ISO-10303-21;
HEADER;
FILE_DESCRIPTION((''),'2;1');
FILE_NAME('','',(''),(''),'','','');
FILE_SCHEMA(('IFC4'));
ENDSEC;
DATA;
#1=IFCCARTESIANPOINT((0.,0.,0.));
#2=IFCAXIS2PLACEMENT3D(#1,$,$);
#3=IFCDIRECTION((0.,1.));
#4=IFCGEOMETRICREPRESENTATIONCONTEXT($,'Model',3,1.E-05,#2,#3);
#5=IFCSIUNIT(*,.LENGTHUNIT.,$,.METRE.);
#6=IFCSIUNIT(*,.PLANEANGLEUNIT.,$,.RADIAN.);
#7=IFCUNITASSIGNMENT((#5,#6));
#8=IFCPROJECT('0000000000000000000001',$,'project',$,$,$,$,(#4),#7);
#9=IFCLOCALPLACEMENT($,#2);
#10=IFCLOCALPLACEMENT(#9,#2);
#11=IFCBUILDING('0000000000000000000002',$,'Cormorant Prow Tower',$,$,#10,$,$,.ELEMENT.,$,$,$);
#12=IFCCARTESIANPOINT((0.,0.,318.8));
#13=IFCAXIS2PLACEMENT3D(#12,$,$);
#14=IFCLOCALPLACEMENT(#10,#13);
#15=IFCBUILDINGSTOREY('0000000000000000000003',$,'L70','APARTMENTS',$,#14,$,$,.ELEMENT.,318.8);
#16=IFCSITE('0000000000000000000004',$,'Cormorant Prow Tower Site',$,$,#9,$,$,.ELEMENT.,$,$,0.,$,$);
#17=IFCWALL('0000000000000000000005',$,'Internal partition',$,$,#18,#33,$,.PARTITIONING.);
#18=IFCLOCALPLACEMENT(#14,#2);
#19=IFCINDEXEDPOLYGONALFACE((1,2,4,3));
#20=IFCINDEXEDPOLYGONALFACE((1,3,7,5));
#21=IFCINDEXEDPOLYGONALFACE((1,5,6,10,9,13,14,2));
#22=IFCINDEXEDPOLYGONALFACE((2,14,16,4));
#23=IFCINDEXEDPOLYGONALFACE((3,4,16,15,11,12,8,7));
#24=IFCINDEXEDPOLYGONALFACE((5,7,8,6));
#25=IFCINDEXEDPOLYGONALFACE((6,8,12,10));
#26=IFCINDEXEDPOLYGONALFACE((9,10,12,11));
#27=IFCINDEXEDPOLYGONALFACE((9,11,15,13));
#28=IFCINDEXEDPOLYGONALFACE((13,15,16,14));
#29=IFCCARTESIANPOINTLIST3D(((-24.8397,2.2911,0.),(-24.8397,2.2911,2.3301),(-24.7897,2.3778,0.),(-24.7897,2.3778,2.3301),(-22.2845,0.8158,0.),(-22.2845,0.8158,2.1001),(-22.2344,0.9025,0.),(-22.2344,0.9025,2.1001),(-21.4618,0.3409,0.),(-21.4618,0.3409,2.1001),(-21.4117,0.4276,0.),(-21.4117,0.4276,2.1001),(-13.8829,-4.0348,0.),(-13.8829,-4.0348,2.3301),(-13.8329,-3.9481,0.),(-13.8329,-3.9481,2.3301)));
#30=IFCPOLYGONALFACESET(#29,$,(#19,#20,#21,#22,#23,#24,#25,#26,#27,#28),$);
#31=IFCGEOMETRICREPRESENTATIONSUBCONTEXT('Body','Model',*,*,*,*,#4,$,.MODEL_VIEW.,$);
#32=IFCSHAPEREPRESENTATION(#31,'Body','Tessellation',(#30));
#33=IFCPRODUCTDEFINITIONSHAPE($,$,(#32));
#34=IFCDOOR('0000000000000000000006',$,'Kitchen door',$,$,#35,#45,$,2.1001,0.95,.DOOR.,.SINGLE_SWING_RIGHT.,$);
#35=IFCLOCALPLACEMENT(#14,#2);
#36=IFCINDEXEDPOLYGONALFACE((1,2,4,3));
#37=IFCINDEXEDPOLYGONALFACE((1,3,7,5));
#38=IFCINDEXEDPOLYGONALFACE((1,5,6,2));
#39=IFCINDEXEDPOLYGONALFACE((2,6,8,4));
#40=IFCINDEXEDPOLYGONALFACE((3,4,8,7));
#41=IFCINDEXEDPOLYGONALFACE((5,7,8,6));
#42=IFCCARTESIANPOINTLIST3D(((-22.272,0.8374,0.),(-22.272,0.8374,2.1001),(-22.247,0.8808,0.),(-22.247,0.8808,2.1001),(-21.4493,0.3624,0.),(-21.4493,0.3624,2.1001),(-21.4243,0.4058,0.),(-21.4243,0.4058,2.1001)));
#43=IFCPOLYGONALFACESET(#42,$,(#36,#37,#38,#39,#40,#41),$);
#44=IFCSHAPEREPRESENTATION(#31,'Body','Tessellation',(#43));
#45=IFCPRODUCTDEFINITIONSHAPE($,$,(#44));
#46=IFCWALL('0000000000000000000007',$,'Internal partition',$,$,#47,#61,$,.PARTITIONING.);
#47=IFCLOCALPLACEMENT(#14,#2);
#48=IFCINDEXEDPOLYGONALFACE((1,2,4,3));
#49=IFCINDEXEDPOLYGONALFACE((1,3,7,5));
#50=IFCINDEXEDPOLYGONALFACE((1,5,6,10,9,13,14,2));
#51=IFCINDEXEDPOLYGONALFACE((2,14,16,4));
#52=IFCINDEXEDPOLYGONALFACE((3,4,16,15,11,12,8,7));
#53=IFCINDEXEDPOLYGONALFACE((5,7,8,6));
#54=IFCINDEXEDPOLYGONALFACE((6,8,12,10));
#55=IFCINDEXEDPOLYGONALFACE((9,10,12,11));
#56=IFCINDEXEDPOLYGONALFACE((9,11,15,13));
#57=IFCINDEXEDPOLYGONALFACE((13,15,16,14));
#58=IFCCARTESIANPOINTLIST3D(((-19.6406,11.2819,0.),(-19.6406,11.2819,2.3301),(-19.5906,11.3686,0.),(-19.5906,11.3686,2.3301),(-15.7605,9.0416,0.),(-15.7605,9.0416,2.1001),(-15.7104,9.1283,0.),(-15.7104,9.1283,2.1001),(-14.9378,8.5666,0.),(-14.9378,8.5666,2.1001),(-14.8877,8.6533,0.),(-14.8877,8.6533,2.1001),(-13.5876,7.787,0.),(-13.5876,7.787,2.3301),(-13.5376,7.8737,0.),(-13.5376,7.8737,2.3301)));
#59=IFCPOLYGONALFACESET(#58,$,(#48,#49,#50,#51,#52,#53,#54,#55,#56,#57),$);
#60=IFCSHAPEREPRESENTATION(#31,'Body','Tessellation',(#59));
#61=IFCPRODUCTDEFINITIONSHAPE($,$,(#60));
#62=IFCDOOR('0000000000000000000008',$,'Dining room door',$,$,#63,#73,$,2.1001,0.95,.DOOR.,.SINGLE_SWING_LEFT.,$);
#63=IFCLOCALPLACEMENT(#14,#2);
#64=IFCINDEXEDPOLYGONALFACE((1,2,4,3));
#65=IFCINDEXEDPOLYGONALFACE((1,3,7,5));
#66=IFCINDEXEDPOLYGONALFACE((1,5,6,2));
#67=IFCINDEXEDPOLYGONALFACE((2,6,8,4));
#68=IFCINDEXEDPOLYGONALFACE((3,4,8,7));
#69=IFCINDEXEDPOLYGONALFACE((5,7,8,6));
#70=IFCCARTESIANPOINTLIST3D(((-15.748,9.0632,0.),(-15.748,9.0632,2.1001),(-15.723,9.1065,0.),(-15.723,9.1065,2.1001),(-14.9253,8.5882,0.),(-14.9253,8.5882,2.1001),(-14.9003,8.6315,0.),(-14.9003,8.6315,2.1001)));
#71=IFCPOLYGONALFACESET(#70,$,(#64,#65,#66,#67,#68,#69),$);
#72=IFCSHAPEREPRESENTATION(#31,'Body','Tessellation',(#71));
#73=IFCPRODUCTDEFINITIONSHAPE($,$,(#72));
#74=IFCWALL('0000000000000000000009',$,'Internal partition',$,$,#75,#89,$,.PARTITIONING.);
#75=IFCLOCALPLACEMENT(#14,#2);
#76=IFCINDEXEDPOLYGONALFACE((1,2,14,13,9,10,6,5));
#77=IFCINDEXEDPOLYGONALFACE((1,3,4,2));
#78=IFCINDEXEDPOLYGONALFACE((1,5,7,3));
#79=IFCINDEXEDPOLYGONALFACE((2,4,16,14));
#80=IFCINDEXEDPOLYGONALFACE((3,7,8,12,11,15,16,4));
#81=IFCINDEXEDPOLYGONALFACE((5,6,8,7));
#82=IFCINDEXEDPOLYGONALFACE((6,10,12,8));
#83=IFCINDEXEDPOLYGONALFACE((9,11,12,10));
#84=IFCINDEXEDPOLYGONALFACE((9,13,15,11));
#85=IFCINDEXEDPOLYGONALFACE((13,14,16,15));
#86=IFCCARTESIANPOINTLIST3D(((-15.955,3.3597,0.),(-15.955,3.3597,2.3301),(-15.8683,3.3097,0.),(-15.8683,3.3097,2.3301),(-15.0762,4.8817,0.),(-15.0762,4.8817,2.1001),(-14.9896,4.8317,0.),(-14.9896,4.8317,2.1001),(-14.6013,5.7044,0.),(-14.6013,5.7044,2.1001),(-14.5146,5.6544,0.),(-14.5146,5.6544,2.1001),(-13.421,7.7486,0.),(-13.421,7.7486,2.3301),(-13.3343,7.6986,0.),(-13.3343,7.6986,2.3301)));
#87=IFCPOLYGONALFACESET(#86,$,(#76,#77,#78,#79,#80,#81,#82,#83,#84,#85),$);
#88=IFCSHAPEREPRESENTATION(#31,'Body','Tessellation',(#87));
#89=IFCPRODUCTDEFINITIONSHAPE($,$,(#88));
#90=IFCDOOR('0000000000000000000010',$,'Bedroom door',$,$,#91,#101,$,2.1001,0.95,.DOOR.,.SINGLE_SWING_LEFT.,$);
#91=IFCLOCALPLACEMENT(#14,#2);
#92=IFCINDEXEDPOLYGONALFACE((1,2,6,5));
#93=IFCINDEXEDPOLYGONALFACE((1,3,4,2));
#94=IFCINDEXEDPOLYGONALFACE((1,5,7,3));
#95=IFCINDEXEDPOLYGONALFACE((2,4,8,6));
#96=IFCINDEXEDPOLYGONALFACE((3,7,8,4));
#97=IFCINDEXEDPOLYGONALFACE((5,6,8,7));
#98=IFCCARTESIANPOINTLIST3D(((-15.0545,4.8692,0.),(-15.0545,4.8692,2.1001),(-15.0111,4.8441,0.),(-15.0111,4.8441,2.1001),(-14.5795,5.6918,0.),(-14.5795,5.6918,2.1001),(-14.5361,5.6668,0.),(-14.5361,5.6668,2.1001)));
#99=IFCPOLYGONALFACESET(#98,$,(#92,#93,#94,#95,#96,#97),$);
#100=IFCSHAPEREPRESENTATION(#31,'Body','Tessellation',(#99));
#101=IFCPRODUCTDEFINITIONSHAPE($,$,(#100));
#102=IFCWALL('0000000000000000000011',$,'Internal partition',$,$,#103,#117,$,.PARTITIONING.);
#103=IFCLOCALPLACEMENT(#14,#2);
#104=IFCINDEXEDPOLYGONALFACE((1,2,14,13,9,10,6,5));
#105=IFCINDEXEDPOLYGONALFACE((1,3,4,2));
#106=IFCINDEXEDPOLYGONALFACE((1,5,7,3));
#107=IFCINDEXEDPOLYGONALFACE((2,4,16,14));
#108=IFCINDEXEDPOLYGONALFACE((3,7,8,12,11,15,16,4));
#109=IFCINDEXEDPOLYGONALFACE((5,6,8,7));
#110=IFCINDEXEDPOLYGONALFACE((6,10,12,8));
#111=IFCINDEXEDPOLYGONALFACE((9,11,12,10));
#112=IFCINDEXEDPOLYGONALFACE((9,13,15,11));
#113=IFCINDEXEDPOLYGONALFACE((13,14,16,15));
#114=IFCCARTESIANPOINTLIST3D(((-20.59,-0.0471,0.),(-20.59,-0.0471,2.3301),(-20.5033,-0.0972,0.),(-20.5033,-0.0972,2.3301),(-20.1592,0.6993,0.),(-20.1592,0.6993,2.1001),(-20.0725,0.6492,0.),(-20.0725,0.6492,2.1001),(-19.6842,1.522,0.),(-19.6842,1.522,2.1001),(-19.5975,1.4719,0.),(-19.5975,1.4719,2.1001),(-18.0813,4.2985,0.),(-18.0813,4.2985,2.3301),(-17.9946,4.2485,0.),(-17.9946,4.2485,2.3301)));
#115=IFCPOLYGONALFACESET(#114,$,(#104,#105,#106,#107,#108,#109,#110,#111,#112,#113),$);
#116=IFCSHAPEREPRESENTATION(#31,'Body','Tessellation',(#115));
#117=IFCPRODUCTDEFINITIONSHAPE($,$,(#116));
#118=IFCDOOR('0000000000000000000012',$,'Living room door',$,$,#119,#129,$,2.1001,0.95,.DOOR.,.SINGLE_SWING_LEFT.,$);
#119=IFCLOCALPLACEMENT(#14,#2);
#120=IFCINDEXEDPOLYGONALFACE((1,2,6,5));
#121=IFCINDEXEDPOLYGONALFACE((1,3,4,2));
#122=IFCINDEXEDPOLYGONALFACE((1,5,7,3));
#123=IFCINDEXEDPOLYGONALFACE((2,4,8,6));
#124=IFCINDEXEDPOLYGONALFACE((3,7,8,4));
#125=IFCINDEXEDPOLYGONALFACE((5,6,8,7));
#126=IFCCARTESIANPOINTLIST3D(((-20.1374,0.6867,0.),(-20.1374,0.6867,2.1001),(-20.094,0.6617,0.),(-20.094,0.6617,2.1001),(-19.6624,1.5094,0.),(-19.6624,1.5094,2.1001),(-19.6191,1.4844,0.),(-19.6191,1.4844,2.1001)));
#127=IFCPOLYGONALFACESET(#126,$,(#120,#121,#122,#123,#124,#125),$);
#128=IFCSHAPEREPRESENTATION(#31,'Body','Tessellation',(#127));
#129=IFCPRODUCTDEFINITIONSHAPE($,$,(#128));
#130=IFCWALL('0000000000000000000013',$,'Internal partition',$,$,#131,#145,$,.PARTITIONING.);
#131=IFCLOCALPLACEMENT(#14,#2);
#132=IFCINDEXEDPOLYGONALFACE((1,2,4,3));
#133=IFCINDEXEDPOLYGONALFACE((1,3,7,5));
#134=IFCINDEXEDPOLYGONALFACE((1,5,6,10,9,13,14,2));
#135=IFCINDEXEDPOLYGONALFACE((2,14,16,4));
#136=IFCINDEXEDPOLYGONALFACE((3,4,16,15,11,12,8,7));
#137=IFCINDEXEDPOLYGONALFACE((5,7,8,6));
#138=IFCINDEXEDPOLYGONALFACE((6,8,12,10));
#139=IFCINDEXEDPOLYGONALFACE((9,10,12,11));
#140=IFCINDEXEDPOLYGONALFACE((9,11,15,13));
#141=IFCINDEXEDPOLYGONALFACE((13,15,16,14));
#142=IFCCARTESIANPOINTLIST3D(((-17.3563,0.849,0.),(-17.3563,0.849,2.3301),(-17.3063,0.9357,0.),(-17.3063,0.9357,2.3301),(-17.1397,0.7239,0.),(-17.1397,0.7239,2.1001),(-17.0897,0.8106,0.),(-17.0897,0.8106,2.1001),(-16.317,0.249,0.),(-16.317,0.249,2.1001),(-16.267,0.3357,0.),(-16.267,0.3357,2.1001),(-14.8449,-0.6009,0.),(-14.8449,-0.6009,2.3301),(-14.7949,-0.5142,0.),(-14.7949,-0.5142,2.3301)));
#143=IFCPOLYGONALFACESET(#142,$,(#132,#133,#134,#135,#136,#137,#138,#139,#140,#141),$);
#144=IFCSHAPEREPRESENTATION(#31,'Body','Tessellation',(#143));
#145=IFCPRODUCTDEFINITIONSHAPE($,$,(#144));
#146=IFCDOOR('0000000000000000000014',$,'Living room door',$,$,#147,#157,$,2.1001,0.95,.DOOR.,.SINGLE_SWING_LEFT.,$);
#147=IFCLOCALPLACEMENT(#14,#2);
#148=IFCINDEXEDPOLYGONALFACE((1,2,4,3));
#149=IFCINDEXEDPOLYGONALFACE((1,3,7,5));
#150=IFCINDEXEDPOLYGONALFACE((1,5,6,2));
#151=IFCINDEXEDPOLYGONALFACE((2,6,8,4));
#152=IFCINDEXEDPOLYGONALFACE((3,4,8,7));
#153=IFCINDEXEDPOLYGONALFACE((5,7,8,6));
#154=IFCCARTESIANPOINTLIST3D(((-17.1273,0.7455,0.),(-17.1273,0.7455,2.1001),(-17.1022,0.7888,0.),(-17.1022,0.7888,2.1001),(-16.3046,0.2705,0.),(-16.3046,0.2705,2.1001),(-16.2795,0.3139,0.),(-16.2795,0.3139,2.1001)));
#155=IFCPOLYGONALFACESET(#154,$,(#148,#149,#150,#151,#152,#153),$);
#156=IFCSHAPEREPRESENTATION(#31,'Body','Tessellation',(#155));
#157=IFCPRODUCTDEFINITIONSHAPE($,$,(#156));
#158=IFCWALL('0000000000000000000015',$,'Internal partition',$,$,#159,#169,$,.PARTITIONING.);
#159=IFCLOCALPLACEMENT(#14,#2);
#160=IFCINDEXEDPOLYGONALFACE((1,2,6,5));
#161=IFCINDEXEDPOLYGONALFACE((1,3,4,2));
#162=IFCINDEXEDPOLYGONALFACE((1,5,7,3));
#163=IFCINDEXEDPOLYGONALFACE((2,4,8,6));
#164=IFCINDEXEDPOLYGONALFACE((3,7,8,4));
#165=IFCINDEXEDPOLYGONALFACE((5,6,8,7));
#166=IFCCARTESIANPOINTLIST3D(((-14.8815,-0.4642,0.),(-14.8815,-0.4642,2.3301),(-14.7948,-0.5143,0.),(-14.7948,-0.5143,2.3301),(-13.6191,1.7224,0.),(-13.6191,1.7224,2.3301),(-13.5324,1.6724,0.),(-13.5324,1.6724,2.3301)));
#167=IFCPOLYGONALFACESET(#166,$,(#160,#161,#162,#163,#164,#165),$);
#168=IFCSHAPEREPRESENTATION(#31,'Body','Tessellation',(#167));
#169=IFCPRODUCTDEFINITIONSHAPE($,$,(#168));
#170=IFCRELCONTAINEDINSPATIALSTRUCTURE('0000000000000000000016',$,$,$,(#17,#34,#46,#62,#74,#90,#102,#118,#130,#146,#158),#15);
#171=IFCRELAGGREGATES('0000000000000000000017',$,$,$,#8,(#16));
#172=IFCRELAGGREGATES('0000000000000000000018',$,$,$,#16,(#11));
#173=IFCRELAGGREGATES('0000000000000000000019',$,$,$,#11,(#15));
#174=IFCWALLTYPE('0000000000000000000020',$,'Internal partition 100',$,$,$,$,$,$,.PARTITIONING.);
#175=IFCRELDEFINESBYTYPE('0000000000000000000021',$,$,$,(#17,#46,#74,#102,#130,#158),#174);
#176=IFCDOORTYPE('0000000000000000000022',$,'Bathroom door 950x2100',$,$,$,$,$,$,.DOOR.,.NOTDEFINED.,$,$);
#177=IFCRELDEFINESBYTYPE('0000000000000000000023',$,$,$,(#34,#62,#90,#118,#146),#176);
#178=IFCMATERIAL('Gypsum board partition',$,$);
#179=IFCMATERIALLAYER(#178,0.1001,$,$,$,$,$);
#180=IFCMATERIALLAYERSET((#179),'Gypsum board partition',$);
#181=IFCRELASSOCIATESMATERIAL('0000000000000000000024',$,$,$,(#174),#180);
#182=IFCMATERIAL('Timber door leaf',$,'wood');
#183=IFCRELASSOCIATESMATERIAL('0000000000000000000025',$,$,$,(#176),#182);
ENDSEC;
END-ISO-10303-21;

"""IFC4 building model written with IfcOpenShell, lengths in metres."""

from ifc_helpers import new_model, si_unit, direction, frame, frame_2d, origin, place, context, subcontext, project, spatial, rectangle, extrude, material, layer, layer_set, type_object, element, fill, save


model = new_model("IFC4")

# Units and contexts
model_context = context("Model", 3, precision=1e-05, world=origin(), true_north=direction((0.0, 1.0)))
body_context = subcontext(model_context, "Body", "Model", "MODEL_VIEW")
ifc_project = project(units=[si_unit("LENGTHUNIT", "METRE"), si_unit("PLANEANGLEUNIT", "RADIAN")], contexts=[model_context])

# Site, building, storey
site_placement = place(None, origin())
site = spatial("IfcSite", under=ifc_project, at=site_placement, Name="Cormorant Prow Tower Site", CompositionType="ELEMENT", RefElevation=0.0)
building_placement = place(site_placement, origin())
building = spatial("IfcBuilding", under=site, at=building_placement, Name="Cormorant Prow Tower", CompositionType="ELEMENT")
storey_placement = place(building_placement, frame((0.0, 0.0, 318.8)))
storey = spatial("IfcBuildingStorey", under=building, at=storey_placement, Name="L70", Description="APARTMENTS", CompositionType="ELEMENT", Elevation=318.8)

# Walls, openings, doors
ifc_material_1 = material(Name="Gypsum board partition")
ifc_layer_1 = layer(ifc_material_1, 0.1001)
ifc_layer_set_1 = layer_set([ifc_layer_1], Name="Gypsum board partition")
wall_type_1 = type_object("IfcWallType", Name="Internal partition 100", PredefinedType="PARTITIONING", material=ifc_layer_set_1)
wall_1_placement = place(storey_placement, frame((-24.8147, 2.3345, 0.0), z_axis=(0.0, 0.0, 1.0), x_axis=(0.866025, -0.500001, 0.0)))
wall_1 = element("IfcWall", 1, at=wall_1_placement, inside=storey, type_object=wall_type_1, Name="Internal partition", PredefinedType="PARTITIONING", context=body_context, shape_type="SweptSolid", body=[
    extrude(rectangle(XDim=12.6519, YDim=0.1001, at=frame_2d((6.3259, 0.0))), origin(), (0.0, 0.0, 1.0), 2.3301),
])
opening_1_placement = place(wall_1_placement, frame((2.9504, 0.0, 0.0)))
opening_1 = element("IfcOpeningElement", 2, at=opening_1_placement, cuts=wall_1, PredefinedType="OPENING", context=body_context, shape_type="SweptSolid", body=[
    extrude(rectangle(XDim=0.95, YDim=2.1001, at=frame_2d((0.4751, 1.05))), frame((0.0, 0.0601, 0.0), z_axis=(0.0, -1.0, 0.0), x_axis=(1.0, 0.0, 0.0)), (0.0, 0.0, 1.0), 0.1201),
])
ifc_material_2 = material(Name="Timber door leaf", Category="wood")
door_type_1 = type_object("IfcDoorType", Name="Bathroom door 950x2100", OperationType="NOTDEFINED", PredefinedType="DOOR", material=ifc_material_2)
door_1_placement = place(opening_1_placement, origin())
door_1 = element("IfcDoor", 3, at=door_1_placement, inside=storey, type_object=door_type_1, Name="Kitchen door", OperationType="SINGLE_SWING_RIGHT", OverallHeight=2.1001, OverallWidth=0.95, PredefinedType="DOOR", context=body_context, shape_type="SweptSolid", body=[
    extrude(rectangle(XDim=0.95, YDim=2.1001, at=frame_2d((0.4751, 1.05))), frame((0.0, 0.0249, 0.0), z_axis=(0.0, -1.0, 0.0), x_axis=(1.0, 0.0, 0.0)), (0.0, 0.0, 1.0), 0.05),
])
fill(opening_1, door_1)
wall_2_placement = place(storey_placement, frame((-19.6155, 11.3252, 0.0), z_axis=(0.0, 0.0, 1.0), x_axis=(0.866014, -0.50002, 0.0)))
wall_2 = element("IfcWall", 4, at=wall_2_placement, inside=storey, type_object=wall_type_1, Name="Internal partition", PredefinedType="PARTITIONING", context=body_context, shape_type="SweptSolid", body=[
    extrude(rectangle(XDim=6.9895, YDim=0.1001, at=frame_2d((3.4946, 0.0))), origin(), (0.0, 0.0, 1.0), 2.3301),
])
opening_2_placement = place(wall_2_placement, frame((4.4802, 0.0, 0.0)))
opening_2 = element("IfcOpeningElement", 5, at=opening_2_placement, cuts=wall_2, PredefinedType="OPENING", context=body_context, shape_type="SweptSolid", body=[
    extrude(rectangle(XDim=0.95, YDim=2.1001, at=frame_2d((0.4751, 1.05))), frame((0.0, 0.0601, 0.0), z_axis=(0.0, -1.0, 0.0), x_axis=(1.0, 0.0, 0.0)), (0.0, 0.0, 1.0), 0.1201),
])
door_2_placement = place(opening_2_placement, origin())
door_2 = element("IfcDoor", 6, at=door_2_placement, inside=storey, type_object=door_type_1, Name="Dining room door", OperationType="SINGLE_SWING_LEFT", OverallHeight=2.1001, OverallWidth=0.95, PredefinedType="DOOR", context=body_context, shape_type="SweptSolid", body=[
    extrude(rectangle(XDim=0.95, YDim=2.1001, at=frame_2d((0.4751, 1.05))), frame((0.0, 0.0249, 0.0), z_axis=(0.0, -1.0, 0.0), x_axis=(1.0, 0.0, 0.0)), (0.0, 0.0, 1.0), 0.05),
])
fill(opening_2, door_2)
wall_3_placement = place(storey_placement, frame((-15.9116, 3.3347, 0.0), z_axis=(0.0, 0.0, 1.0), x_axis=(0.499999, 0.866026, 0.0)))
wall_3 = element("IfcWall", 7, at=wall_3_placement, inside=storey, type_object=wall_type_1, Name="Internal partition", PredefinedType="PARTITIONING", context=body_context, shape_type="SweptSolid", body=[
    extrude(rectangle(XDim=5.0679, YDim=0.1001, at=frame_2d((2.5339, 0.0))), origin(), (0.0, 0.0, 1.0), 2.3301),
])
opening_3_placement = place(wall_3_placement, frame((1.7573, 0.0, 0.0)))
opening_3 = element("IfcOpeningElement", 8, at=opening_3_placement, cuts=wall_3, PredefinedType="OPENING", context=body_context, shape_type="SweptSolid", body=[
    extrude(rectangle(XDim=0.95, YDim=2.1001, at=frame_2d((0.4751, 1.05))), frame((0.0, 0.0601, 0.0), z_axis=(0.0, -1.0, 0.0), x_axis=(1.0, 0.0, 0.0)), (0.0, 0.0, 1.0), 0.1201),
])
door_3_placement = place(opening_3_placement, origin())
door_3 = element("IfcDoor", 9, at=door_3_placement, inside=storey, type_object=door_type_1, Name="Bedroom door", OperationType="SINGLE_SWING_LEFT", OverallHeight=2.1001, OverallWidth=0.95, PredefinedType="DOOR", context=body_context, shape_type="SweptSolid", body=[
    extrude(rectangle(XDim=0.95, YDim=2.1001, at=frame_2d((0.4751, 1.05))), frame((0.0, 0.0249, 0.0), z_axis=(0.0, -1.0, 0.0), x_axis=(1.0, 0.0, 0.0)), (0.0, 0.0, 1.0), 0.05),
])
fill(opening_3, door_3)
wall_4_placement = place(storey_placement, frame((-20.5466, -0.072, 0.0), z_axis=(0.0, 0.0, 1.0), x_axis=(0.49997, 0.866043, 0.0)))
wall_4 = element("IfcWall", 10, at=wall_4_placement, inside=storey, type_object=wall_type_1, Name="Internal partition", PredefinedType="PARTITIONING", context=body_context, shape_type="SweptSolid", body=[
    extrude(rectangle(XDim=5.0178, YDim=0.1001, at=frame_2d((2.5088, 0.0))), origin(), (0.0, 0.0, 1.0), 2.3301),
])
opening_4_placement = place(wall_4_placement, frame((0.8616, 0.0, 0.0)))
opening_4 = element("IfcOpeningElement", 11, at=opening_4_placement, cuts=wall_4, PredefinedType="OPENING", context=body_context, shape_type="SweptSolid", body=[
    extrude(rectangle(XDim=0.95, YDim=2.1001, at=frame_2d((0.4751, 1.05))), frame((0.0, 0.0601, 0.0), z_axis=(0.0, -1.0, 0.0), x_axis=(1.0, 0.0, 0.0)), (0.0, 0.0, 1.0), 0.1201),
])
door_4_placement = place(opening_4_placement, origin())
door_4 = element("IfcDoor", 12, at=door_4_placement, inside=storey, type_object=door_type_1, Name="Living room door", OperationType="SINGLE_SWING_LEFT", OverallHeight=2.1001, OverallWidth=0.95, PredefinedType="DOOR", context=body_context, shape_type="SweptSolid", body=[
    extrude(rectangle(XDim=0.95, YDim=2.1001, at=frame_2d((0.4751, 1.05))), frame((0.0, 0.0249, 0.0), z_axis=(0.0, -1.0, 0.0), x_axis=(1.0, 0.0, 0.0)), (0.0, 0.0, 1.0), 0.05),
])
fill(opening_4, door_4)
wall_5_placement = place(storey_placement, frame((-17.3313, 0.8923, 0.0), z_axis=(0.0, 0.0, 1.0), x_axis=(0.866033, -0.499987, 0.0)))
wall_5 = element("IfcWall", 13, at=wall_5_placement, inside=storey, type_object=wall_type_1, Name="Internal partition", PredefinedType="PARTITIONING", context=body_context, shape_type="SweptSolid", body=[
    extrude(rectangle(XDim=2.8999, YDim=0.1001, at=frame_2d((1.45, 0.0))), origin(), (0.0, 0.0, 1.0), 2.3301),
])
opening_5_placement = place(wall_5_placement, frame((0.25, 0.0, 0.0)))
opening_5 = element("IfcOpeningElement", 14, at=opening_5_placement, cuts=wall_5, PredefinedType="OPENING", context=body_context, shape_type="SweptSolid", body=[
    extrude(rectangle(XDim=0.95, YDim=2.1001, at=frame_2d((0.4751, 1.05))), frame((0.0, 0.0601, 0.0), z_axis=(0.0, -1.0, 0.0), x_axis=(1.0, 0.0, 0.0)), (0.0, 0.0, 1.0), 0.1201),
])
door_5_placement = place(opening_5_placement, origin())
door_5 = element("IfcDoor", 15, at=door_5_placement, inside=storey, type_object=door_type_1, Name="Living room door", OperationType="SINGLE_SWING_LEFT", OverallHeight=2.1001, OverallWidth=0.95, PredefinedType="DOOR", context=body_context, shape_type="SweptSolid", body=[
    extrude(rectangle(XDim=0.95, YDim=2.1001, at=frame_2d((0.4751, 1.05))), frame((0.0, 0.0249, 0.0), z_axis=(0.0, -1.0, 0.0), x_axis=(1.0, 0.0, 0.0)), (0.0, 0.0, 1.0), 0.05),
])
fill(opening_5, door_5)

# Wall
for number, where, z_axis, x_axis, name in (
    (16, (-14.8381, -0.4893, 0.0), (0.0, 0.0, 1.0), (0.499976, 0.866039, 0.0), "Internal partition"),
):
    element("IfcWall", number, at=place(storey_placement, frame(where, z_axis=z_axis, x_axis=x_axis)), inside=storey, type_object=wall_type_1, Name=name, PredefinedType="PARTITIONING", context=body_context, shape_type="SweptSolid", body=[
        extrude(rectangle(XDim=2.5249, YDim=0.1001, at=frame_2d((1.2625, 0.0))), origin(), (0.0, 0.0, 1.0), 2.3301),
    ])

save(model, "model.ifc")
